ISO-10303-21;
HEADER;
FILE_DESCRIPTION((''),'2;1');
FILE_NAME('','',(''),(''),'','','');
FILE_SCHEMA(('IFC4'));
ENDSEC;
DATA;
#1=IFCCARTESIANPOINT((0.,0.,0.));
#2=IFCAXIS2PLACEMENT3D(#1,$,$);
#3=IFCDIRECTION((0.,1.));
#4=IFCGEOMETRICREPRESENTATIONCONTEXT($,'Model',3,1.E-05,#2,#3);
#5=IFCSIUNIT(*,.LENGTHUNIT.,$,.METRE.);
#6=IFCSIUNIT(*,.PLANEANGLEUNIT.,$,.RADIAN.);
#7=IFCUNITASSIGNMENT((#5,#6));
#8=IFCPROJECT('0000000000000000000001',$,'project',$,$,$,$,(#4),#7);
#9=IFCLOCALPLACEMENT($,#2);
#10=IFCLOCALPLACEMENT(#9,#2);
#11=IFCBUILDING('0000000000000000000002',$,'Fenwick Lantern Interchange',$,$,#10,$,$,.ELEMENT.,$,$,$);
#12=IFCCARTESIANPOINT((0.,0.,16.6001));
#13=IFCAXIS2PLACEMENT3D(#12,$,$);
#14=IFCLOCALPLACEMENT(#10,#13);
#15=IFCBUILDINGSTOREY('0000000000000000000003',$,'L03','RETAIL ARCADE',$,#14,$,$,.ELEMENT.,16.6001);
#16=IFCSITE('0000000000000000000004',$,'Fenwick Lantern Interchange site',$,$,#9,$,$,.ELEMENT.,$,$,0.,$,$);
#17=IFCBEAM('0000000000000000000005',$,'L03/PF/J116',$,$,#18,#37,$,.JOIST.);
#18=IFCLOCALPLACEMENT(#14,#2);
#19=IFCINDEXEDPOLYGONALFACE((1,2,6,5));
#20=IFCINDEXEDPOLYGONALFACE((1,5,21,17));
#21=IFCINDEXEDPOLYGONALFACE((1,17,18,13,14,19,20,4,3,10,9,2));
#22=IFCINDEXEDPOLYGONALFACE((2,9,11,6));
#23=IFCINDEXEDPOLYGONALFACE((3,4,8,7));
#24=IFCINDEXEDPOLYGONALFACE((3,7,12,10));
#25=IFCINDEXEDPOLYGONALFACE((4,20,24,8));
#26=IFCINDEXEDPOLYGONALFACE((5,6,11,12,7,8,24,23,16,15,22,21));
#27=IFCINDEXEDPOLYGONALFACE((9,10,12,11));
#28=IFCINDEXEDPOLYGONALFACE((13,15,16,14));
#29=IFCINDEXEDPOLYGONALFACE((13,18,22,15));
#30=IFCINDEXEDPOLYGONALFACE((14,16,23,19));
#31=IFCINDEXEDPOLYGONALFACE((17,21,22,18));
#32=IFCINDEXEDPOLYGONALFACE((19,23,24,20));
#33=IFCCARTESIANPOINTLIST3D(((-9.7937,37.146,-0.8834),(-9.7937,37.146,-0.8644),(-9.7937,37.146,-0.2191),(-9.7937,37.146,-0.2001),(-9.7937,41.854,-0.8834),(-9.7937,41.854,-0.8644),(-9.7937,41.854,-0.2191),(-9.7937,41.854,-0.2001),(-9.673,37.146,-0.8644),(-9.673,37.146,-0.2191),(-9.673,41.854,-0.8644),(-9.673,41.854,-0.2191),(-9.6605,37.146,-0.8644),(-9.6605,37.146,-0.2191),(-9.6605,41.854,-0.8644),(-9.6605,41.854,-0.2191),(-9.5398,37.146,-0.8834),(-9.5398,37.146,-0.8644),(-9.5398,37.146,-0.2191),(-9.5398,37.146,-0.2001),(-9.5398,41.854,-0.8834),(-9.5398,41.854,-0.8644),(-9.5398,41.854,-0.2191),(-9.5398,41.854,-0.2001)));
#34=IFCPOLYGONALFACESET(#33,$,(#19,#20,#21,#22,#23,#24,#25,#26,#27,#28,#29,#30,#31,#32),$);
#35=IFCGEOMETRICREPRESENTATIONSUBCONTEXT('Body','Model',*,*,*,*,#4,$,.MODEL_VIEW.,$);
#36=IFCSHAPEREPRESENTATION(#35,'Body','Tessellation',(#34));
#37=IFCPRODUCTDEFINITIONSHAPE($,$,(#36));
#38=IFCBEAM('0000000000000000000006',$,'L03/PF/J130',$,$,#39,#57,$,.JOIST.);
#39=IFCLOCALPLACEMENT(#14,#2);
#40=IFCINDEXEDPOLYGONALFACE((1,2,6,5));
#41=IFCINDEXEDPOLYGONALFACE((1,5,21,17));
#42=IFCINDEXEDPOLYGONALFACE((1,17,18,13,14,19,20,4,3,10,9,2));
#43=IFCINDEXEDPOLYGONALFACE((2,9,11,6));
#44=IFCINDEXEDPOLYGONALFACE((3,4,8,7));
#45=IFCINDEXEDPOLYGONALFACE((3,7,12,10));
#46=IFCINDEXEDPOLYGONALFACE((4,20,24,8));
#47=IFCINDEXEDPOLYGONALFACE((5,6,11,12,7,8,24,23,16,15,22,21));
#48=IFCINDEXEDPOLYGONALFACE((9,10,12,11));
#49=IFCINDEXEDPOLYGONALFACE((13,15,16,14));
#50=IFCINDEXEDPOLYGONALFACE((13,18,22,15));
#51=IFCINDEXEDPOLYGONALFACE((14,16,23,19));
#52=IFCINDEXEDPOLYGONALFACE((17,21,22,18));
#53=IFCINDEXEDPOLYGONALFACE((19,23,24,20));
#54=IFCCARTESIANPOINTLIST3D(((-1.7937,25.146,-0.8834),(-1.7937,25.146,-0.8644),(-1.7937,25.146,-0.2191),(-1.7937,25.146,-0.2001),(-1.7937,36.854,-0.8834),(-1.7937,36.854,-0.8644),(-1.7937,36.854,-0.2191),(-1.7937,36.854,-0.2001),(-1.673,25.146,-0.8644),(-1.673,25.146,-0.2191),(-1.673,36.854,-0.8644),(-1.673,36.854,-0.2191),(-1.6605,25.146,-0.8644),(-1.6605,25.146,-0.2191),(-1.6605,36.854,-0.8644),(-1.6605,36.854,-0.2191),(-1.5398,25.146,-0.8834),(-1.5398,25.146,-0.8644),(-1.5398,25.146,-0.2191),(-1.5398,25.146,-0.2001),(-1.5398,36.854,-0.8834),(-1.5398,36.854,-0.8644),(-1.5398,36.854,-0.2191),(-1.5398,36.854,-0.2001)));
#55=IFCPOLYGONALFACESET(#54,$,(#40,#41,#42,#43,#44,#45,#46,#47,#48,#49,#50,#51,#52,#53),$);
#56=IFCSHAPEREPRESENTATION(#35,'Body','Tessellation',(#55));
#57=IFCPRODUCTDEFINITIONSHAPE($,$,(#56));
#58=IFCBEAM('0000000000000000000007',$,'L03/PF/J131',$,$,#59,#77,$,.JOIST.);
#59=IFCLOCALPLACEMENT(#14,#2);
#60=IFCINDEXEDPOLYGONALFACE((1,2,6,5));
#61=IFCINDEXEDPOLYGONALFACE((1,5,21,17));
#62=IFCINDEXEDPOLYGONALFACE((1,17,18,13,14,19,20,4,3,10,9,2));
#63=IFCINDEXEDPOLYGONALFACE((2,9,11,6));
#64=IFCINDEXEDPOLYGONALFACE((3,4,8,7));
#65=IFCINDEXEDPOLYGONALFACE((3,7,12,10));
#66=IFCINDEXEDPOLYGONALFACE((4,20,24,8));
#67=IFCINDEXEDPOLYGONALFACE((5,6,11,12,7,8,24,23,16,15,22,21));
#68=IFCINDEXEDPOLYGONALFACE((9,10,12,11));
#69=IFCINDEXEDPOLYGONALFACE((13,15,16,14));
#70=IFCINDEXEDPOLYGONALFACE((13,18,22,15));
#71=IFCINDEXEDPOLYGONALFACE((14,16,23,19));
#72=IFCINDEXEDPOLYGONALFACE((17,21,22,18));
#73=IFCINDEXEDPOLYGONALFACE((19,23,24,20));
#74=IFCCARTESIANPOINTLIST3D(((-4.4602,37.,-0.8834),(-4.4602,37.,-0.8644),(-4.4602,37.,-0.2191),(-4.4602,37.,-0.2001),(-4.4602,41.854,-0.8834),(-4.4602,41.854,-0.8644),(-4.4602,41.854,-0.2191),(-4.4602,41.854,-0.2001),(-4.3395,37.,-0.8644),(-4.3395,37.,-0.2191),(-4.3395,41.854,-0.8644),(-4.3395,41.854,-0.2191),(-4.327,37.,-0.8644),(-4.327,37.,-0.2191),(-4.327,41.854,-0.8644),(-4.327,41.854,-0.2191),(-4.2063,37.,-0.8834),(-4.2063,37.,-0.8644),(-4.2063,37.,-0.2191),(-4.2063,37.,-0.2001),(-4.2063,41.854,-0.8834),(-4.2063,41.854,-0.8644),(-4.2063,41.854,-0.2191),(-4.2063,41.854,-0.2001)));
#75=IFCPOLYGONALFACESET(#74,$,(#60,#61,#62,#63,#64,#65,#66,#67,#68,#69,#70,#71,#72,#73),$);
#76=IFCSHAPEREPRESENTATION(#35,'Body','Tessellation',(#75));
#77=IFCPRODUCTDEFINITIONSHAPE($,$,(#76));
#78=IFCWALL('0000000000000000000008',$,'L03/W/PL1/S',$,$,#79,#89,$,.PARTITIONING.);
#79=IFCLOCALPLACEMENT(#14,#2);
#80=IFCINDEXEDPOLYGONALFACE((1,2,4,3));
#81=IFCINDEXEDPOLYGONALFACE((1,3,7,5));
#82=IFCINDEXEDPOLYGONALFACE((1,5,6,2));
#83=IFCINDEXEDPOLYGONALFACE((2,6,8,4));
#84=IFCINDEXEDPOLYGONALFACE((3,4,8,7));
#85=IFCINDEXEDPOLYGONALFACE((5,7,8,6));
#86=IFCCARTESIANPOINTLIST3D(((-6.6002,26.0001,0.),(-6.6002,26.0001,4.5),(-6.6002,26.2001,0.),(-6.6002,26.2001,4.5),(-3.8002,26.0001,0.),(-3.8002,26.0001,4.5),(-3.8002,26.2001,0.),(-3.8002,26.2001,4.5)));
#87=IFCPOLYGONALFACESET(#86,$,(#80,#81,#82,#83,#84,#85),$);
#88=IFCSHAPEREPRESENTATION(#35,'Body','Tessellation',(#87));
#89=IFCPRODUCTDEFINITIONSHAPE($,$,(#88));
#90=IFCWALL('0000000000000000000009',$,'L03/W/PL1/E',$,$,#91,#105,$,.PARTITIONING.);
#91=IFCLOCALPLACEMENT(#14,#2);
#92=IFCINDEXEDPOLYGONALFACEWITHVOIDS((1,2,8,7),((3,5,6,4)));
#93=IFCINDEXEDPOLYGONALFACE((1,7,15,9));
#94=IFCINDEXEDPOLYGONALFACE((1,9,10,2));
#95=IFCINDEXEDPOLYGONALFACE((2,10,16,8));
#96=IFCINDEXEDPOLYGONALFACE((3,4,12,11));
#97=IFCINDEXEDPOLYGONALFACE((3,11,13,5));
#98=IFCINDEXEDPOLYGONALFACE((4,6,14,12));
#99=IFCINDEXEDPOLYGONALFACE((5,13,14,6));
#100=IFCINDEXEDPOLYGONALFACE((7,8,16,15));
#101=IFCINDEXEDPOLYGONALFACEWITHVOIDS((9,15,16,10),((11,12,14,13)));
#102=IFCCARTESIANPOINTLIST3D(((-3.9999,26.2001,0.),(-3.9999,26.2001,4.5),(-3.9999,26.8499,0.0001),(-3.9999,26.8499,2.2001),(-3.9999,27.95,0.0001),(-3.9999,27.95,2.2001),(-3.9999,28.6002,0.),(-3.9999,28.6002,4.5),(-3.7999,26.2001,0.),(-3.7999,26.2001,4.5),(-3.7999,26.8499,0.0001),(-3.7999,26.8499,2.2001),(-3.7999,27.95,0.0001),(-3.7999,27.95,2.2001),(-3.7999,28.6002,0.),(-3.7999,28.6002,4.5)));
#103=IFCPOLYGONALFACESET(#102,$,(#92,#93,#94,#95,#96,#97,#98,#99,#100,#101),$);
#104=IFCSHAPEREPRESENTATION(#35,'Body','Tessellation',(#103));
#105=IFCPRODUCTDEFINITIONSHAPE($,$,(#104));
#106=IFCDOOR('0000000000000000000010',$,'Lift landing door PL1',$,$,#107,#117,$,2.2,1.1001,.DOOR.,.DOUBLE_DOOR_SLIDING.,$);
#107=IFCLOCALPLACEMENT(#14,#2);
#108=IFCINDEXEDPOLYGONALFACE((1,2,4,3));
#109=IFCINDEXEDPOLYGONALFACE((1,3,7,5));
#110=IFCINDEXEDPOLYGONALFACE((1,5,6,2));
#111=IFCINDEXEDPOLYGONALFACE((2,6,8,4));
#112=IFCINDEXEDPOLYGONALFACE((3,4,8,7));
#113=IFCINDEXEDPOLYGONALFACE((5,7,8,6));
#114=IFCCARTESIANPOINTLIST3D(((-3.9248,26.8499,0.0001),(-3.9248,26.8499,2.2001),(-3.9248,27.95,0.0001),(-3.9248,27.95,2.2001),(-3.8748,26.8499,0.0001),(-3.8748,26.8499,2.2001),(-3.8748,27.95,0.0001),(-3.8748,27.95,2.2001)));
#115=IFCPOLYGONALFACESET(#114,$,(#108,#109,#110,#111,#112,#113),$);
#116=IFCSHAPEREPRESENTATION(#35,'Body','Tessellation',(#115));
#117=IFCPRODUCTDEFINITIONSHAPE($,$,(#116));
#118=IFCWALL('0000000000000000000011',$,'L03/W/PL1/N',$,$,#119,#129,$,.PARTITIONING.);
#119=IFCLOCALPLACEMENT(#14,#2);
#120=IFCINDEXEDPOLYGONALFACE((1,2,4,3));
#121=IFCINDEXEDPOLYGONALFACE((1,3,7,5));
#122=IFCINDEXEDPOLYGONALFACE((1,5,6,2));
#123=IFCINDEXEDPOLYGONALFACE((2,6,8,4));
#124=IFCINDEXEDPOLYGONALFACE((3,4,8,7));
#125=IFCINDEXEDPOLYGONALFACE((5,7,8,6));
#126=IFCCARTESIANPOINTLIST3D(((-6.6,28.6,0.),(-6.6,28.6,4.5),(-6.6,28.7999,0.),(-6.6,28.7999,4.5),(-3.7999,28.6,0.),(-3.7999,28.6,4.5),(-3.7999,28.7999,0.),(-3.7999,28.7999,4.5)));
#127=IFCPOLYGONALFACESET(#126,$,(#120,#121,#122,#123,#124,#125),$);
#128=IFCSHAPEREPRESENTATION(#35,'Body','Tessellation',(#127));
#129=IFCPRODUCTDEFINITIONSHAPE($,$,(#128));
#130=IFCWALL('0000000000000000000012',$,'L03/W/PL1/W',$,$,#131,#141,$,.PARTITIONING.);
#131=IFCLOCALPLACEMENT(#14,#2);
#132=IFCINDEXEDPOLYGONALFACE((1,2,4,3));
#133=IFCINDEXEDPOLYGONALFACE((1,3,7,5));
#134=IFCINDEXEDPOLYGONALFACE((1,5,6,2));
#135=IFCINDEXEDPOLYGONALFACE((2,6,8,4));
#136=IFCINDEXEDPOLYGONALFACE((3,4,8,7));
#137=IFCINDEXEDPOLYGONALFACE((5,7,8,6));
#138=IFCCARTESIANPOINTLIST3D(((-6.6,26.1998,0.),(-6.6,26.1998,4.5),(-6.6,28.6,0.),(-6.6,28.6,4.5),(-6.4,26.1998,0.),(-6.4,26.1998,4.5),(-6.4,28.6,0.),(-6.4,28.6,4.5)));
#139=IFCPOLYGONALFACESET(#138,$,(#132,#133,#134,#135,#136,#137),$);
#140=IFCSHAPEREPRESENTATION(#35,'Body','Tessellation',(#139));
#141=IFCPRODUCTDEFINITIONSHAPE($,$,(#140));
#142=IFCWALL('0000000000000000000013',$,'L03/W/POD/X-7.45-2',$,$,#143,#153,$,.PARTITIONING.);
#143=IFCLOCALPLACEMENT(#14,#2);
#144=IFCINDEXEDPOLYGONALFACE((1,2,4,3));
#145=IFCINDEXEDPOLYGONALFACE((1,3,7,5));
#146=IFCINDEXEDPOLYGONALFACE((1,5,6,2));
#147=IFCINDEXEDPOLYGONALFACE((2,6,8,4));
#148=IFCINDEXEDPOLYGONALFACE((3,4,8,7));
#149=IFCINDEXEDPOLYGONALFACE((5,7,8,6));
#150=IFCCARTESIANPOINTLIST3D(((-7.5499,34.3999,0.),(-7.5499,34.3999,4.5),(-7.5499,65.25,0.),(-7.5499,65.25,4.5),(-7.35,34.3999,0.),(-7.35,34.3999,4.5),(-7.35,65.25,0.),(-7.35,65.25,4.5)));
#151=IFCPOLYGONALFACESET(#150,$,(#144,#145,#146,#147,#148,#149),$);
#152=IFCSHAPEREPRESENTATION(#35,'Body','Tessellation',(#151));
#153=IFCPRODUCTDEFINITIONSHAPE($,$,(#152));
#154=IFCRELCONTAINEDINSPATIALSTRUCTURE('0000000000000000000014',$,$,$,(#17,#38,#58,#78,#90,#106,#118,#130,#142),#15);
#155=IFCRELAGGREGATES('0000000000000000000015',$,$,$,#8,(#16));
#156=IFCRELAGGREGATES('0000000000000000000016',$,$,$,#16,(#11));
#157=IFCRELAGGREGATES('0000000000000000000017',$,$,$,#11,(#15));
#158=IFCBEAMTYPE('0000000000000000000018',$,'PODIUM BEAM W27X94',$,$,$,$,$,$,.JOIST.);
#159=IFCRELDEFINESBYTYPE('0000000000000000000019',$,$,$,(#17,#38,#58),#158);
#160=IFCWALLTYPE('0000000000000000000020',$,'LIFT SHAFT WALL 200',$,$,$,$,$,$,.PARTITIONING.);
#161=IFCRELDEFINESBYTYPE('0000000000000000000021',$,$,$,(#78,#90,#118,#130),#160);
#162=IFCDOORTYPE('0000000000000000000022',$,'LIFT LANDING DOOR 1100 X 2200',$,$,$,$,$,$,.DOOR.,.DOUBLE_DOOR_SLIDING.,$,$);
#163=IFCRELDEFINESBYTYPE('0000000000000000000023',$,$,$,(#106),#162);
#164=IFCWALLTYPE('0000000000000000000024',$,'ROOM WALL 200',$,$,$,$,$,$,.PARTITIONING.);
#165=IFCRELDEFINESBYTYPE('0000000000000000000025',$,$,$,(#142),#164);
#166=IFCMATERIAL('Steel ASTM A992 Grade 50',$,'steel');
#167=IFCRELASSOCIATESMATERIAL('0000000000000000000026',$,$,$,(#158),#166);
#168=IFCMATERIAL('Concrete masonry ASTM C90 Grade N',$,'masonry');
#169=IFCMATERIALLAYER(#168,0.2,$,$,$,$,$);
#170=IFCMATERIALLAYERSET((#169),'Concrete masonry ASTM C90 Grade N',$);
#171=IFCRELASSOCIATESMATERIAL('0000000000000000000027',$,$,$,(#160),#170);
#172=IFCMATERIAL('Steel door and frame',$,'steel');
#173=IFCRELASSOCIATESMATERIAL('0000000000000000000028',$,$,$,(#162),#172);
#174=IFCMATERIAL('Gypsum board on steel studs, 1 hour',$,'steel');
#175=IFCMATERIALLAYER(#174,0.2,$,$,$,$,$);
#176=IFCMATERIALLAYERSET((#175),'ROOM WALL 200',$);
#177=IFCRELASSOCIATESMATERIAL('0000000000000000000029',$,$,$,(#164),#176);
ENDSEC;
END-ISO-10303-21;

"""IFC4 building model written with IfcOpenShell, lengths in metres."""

from ifc_helpers import new_model, si_unit, direction, frame, frame_2d, origin, origin_2d, place, context, subcontext, project, spatial, rectangle, i_section, extrude, material, layer, layer_set, material_profile, profile_set, type_object, element, fill, save


model = new_model("IFC4")

# Units and contexts
model_context = context("Model", 3, precision=1e-05, world=origin(), true_north=direction((0.0, 1.0)))
body_context = subcontext(model_context, "Body", "Model", "MODEL_VIEW")
ifc_project = project(units=[si_unit("LENGTHUNIT", "METRE"), si_unit("PLANEANGLEUNIT", "RADIAN")], contexts=[model_context])

# Site, building, storey
site_placement = place(None, origin())
site = spatial("IfcSite", under=ifc_project, at=site_placement, Name="Fenwick Lantern Interchange site", CompositionType="ELEMENT", RefElevation=0.0)
building_placement = place(site_placement, origin())
building = spatial("IfcBuilding", under=site, at=building_placement, Name="Fenwick Lantern Interchange", CompositionType="ELEMENT")
storey_placement = place(building_placement, frame((0.0, 0.0, 16.6001)))
storey = spatial("IfcBuildingStorey", under=building, at=storey_placement, Name="L03", Description="RETAIL ARCADE", CompositionType="ELEMENT", Elevation=16.6001)

# Shared definitions
ifc_material_1 = material(Name="Steel ASTM A992 Grade 50", Category="steel")

# Beams
ifc_material_profile_1 = material_profile(ifc_material_1, i_section(OverallWidth=0.2539, OverallDepth=0.6833, WebThickness=0.0125, FlangeThickness=0.019, at=origin_2d()), Name="W27X94")
ifc_profile_set_1 = profile_set([ifc_material_profile_1], Name="Steel ASTM A992 Grade 50")
beam_type_1 = type_object("IfcBeamType", Name="PODIUM BEAM W27X94", PredefinedType="JOIST", material=ifc_profile_set_1)
for number, where, z_axis, x_axis, name in (
    (1, (-9.6667, 37.146, -0.5417), (0.0, 1.0, 0.0), (-1.0, 0.0, 0.0), "L03/PF/J116"),
):
    element("IfcBeam", number, at=place(storey_placement, frame(where, z_axis=z_axis, x_axis=x_axis)), inside=storey, type_object=beam_type_1, Name=name, PredefinedType="JOIST", context=body_context, shape_type="SweptSolid", body=[
        extrude(i_section(OverallWidth=0.2539, OverallDepth=0.6833, WebThickness=0.0125, FlangeThickness=0.019, at=origin_2d()), origin(), (0.0, 0.0, 1.0), 4.708),
    ])
beam_1_placement = place(storey_placement, frame((-1.6667, 25.146, -0.5417), z_axis=(0.0, 1.0, 0.0), x_axis=(-1.0, 0.0, 0.0)))
element("IfcBeam", 2, at=beam_1_placement, inside=storey, type_object=beam_type_1, Name="L03/PF/J130", PredefinedType="JOIST", context=body_context, shape_type="SweptSolid", body=[
    extrude(i_section(OverallWidth=0.2539, OverallDepth=0.6833, WebThickness=0.0125, FlangeThickness=0.019, at=origin_2d()), origin(), (0.0, 0.0, 1.0), 11.708),
])
beam_2_placement = place(storey_placement, frame((-4.3333, 37.0, -0.5417), z_axis=(0.0, 1.0, 0.0), x_axis=(-1.0, 0.0, 0.0)))
element("IfcBeam", 3, at=beam_2_placement, inside=storey, type_object=beam_type_1, Name="L03/PF/J131", PredefinedType="JOIST", context=body_context, shape_type="SweptSolid", body=[
    extrude(i_section(OverallWidth=0.2539, OverallDepth=0.6833, WebThickness=0.0125, FlangeThickness=0.019, at=origin_2d()), origin(), (0.0, 0.0, 1.0), 4.854),
])

# Wall
ifc_material_2 = material(Name="Concrete masonry ASTM C90 Grade N", Category="masonry")
ifc_layer_1 = layer(ifc_material_2, 0.2)
ifc_layer_set_1 = layer_set([ifc_layer_1], Name="Concrete masonry ASTM C90 Grade N")
wall_type_1 = type_object("IfcWallType", Name="LIFT SHAFT WALL 200", PredefinedType="PARTITIONING", material=ifc_layer_set_1)
wall_1_placement = place(storey_placement, frame((-6.6001, 26.1001, 0.0), z_axis=(0.0, 0.0, 1.0), x_axis=(1.0, 0.0, 0.0)))
element("IfcWall", 4, at=wall_1_placement, inside=storey, type_object=wall_type_1, Name="L03/W/PL1/S", PredefinedType="PARTITIONING", context=body_context, shape_type="SweptSolid", body=[
    extrude(rectangle(XDim=2.8, YDim=0.2, at=frame_2d((1.3999, 0.0))), origin(), (0.0, 0.0, 1.0), 4.5),
])

# Wall, opening, door
wall_2_placement = place(storey_placement, frame((-3.8999, 26.2, 0.0), z_axis=(0.0, 0.0, 1.0), x_axis=(0.0, 1.0, 0.0)))
wall_2 = element("IfcWall", 5, at=wall_2_placement, inside=storey, type_object=wall_type_1, Name="L03/W/PL1/E", PredefinedType="PARTITIONING", context=body_context, shape_type="SweptSolid", body=[
    extrude(rectangle(XDim=2.4001, YDim=0.2, at=frame_2d((1.2002, 0.0))), origin(), (0.0, 0.0, 1.0), 4.5),
])
opening_1_placement = place(wall_2_placement, frame((0.6499, 0.0, 0.0)))
opening_1 = element("IfcOpeningElement", 6, at=opening_1_placement, cuts=wall_2, PredefinedType="OPENING", context=body_context, shape_type="SweptSolid", body=[
    extrude(rectangle(XDim=1.1001, YDim=2.2, at=frame_2d((0.55, 1.1001))), frame((0.0, 0.1099, 0.0), z_axis=(0.0, -1.0, 0.0), x_axis=(1.0, 0.0, 0.0)), (0.0, 0.0, 1.0), 0.22),
])
ifc_material_3 = material(Name="Steel door and frame", Category="steel")
door_type_1 = type_object("IfcDoorType", Name="LIFT LANDING DOOR 1100 X 2200", OperationType="DOUBLE_DOOR_SLIDING", PredefinedType="DOOR", material=ifc_material_3)
door_1_placement = place(opening_1_placement, origin())
door_1 = element("IfcDoor", 7, at=door_1_placement, inside=storey, type_object=door_type_1, Name="Lift landing door PL1", OperationType="DOUBLE_DOOR_SLIDING", OverallHeight=2.2, OverallWidth=1.1001, PredefinedType="DOOR", context=body_context, shape_type="SweptSolid", body=[
    extrude(rectangle(XDim=1.1001, YDim=2.2, at=frame_2d((0.55, 1.1001))), frame((0.0, 0.0249, 0.0), z_axis=(0.0, -1.0, 0.0), x_axis=(1.0, 0.0, 0.0)), (0.0, 0.0, 1.0), 0.05),
])
fill(opening_1, door_1)

# Walls
wall_3_placement = place(storey_placement, frame((-3.8, 28.7, 0.0), z_axis=(0.0, 0.0, 1.0), x_axis=(-1.0, 0.0, 0.0)))
element("IfcWall", 8, at=wall_3_placement, inside=storey, type_object=wall_type_1, Name="L03/W/PL1/N", PredefinedType="PARTITIONING", context=body_context, shape_type="SweptSolid", body=[
    extrude(rectangle(XDim=2.8, YDim=0.2, at=frame_2d((1.3999, 0.0))), origin(), (0.0, 0.0, 1.0), 4.5),
])
wall_4_placement = place(storey_placement, frame((-6.5, 28.6001, 0.0), z_axis=(0.0, 0.0, 1.0), x_axis=(0.0, -1.0, 0.0)))
element("IfcWall", 9, at=wall_4_placement, inside=storey, type_object=wall_type_1, Name="L03/W/PL1/W", PredefinedType="PARTITIONING", context=body_context, shape_type="SweptSolid", body=[
    extrude(rectangle(XDim=2.4001, YDim=0.2, at=frame_2d((1.2002, 0.0))), origin(), (0.0, 0.0, 1.0), 4.5),
])
ifc_material_4 = material(Name="Gypsum board on steel studs, 1 hour", Category="steel")
ifc_layer_2 = layer(ifc_material_4, 0.2)
ifc_layer_set_2 = layer_set([ifc_layer_2], Name="ROOM WALL 200")
wall_type_2 = type_object("IfcWallType", Name="ROOM WALL 200", PredefinedType="PARTITIONING", material=ifc_layer_set_2)
wall_5_placement = place(storey_placement, frame((-7.45, 34.3999, 0.0), z_axis=(0.0, 0.0, 1.0), x_axis=(0.0, 1.0, 0.0)))
element("IfcWall", 10, at=wall_5_placement, inside=storey, type_object=wall_type_2, Name="L03/W/POD/X-7.45-2", PredefinedType="PARTITIONING", context=body_context, shape_type="SweptSolid", body=[
    extrude(rectangle(XDim=30.8501, YDim=0.2, at=frame_2d((15.425, 0.0))), origin(), (0.0, 0.0, 1.0), 4.5),
])

save(model, "model.ifc")
